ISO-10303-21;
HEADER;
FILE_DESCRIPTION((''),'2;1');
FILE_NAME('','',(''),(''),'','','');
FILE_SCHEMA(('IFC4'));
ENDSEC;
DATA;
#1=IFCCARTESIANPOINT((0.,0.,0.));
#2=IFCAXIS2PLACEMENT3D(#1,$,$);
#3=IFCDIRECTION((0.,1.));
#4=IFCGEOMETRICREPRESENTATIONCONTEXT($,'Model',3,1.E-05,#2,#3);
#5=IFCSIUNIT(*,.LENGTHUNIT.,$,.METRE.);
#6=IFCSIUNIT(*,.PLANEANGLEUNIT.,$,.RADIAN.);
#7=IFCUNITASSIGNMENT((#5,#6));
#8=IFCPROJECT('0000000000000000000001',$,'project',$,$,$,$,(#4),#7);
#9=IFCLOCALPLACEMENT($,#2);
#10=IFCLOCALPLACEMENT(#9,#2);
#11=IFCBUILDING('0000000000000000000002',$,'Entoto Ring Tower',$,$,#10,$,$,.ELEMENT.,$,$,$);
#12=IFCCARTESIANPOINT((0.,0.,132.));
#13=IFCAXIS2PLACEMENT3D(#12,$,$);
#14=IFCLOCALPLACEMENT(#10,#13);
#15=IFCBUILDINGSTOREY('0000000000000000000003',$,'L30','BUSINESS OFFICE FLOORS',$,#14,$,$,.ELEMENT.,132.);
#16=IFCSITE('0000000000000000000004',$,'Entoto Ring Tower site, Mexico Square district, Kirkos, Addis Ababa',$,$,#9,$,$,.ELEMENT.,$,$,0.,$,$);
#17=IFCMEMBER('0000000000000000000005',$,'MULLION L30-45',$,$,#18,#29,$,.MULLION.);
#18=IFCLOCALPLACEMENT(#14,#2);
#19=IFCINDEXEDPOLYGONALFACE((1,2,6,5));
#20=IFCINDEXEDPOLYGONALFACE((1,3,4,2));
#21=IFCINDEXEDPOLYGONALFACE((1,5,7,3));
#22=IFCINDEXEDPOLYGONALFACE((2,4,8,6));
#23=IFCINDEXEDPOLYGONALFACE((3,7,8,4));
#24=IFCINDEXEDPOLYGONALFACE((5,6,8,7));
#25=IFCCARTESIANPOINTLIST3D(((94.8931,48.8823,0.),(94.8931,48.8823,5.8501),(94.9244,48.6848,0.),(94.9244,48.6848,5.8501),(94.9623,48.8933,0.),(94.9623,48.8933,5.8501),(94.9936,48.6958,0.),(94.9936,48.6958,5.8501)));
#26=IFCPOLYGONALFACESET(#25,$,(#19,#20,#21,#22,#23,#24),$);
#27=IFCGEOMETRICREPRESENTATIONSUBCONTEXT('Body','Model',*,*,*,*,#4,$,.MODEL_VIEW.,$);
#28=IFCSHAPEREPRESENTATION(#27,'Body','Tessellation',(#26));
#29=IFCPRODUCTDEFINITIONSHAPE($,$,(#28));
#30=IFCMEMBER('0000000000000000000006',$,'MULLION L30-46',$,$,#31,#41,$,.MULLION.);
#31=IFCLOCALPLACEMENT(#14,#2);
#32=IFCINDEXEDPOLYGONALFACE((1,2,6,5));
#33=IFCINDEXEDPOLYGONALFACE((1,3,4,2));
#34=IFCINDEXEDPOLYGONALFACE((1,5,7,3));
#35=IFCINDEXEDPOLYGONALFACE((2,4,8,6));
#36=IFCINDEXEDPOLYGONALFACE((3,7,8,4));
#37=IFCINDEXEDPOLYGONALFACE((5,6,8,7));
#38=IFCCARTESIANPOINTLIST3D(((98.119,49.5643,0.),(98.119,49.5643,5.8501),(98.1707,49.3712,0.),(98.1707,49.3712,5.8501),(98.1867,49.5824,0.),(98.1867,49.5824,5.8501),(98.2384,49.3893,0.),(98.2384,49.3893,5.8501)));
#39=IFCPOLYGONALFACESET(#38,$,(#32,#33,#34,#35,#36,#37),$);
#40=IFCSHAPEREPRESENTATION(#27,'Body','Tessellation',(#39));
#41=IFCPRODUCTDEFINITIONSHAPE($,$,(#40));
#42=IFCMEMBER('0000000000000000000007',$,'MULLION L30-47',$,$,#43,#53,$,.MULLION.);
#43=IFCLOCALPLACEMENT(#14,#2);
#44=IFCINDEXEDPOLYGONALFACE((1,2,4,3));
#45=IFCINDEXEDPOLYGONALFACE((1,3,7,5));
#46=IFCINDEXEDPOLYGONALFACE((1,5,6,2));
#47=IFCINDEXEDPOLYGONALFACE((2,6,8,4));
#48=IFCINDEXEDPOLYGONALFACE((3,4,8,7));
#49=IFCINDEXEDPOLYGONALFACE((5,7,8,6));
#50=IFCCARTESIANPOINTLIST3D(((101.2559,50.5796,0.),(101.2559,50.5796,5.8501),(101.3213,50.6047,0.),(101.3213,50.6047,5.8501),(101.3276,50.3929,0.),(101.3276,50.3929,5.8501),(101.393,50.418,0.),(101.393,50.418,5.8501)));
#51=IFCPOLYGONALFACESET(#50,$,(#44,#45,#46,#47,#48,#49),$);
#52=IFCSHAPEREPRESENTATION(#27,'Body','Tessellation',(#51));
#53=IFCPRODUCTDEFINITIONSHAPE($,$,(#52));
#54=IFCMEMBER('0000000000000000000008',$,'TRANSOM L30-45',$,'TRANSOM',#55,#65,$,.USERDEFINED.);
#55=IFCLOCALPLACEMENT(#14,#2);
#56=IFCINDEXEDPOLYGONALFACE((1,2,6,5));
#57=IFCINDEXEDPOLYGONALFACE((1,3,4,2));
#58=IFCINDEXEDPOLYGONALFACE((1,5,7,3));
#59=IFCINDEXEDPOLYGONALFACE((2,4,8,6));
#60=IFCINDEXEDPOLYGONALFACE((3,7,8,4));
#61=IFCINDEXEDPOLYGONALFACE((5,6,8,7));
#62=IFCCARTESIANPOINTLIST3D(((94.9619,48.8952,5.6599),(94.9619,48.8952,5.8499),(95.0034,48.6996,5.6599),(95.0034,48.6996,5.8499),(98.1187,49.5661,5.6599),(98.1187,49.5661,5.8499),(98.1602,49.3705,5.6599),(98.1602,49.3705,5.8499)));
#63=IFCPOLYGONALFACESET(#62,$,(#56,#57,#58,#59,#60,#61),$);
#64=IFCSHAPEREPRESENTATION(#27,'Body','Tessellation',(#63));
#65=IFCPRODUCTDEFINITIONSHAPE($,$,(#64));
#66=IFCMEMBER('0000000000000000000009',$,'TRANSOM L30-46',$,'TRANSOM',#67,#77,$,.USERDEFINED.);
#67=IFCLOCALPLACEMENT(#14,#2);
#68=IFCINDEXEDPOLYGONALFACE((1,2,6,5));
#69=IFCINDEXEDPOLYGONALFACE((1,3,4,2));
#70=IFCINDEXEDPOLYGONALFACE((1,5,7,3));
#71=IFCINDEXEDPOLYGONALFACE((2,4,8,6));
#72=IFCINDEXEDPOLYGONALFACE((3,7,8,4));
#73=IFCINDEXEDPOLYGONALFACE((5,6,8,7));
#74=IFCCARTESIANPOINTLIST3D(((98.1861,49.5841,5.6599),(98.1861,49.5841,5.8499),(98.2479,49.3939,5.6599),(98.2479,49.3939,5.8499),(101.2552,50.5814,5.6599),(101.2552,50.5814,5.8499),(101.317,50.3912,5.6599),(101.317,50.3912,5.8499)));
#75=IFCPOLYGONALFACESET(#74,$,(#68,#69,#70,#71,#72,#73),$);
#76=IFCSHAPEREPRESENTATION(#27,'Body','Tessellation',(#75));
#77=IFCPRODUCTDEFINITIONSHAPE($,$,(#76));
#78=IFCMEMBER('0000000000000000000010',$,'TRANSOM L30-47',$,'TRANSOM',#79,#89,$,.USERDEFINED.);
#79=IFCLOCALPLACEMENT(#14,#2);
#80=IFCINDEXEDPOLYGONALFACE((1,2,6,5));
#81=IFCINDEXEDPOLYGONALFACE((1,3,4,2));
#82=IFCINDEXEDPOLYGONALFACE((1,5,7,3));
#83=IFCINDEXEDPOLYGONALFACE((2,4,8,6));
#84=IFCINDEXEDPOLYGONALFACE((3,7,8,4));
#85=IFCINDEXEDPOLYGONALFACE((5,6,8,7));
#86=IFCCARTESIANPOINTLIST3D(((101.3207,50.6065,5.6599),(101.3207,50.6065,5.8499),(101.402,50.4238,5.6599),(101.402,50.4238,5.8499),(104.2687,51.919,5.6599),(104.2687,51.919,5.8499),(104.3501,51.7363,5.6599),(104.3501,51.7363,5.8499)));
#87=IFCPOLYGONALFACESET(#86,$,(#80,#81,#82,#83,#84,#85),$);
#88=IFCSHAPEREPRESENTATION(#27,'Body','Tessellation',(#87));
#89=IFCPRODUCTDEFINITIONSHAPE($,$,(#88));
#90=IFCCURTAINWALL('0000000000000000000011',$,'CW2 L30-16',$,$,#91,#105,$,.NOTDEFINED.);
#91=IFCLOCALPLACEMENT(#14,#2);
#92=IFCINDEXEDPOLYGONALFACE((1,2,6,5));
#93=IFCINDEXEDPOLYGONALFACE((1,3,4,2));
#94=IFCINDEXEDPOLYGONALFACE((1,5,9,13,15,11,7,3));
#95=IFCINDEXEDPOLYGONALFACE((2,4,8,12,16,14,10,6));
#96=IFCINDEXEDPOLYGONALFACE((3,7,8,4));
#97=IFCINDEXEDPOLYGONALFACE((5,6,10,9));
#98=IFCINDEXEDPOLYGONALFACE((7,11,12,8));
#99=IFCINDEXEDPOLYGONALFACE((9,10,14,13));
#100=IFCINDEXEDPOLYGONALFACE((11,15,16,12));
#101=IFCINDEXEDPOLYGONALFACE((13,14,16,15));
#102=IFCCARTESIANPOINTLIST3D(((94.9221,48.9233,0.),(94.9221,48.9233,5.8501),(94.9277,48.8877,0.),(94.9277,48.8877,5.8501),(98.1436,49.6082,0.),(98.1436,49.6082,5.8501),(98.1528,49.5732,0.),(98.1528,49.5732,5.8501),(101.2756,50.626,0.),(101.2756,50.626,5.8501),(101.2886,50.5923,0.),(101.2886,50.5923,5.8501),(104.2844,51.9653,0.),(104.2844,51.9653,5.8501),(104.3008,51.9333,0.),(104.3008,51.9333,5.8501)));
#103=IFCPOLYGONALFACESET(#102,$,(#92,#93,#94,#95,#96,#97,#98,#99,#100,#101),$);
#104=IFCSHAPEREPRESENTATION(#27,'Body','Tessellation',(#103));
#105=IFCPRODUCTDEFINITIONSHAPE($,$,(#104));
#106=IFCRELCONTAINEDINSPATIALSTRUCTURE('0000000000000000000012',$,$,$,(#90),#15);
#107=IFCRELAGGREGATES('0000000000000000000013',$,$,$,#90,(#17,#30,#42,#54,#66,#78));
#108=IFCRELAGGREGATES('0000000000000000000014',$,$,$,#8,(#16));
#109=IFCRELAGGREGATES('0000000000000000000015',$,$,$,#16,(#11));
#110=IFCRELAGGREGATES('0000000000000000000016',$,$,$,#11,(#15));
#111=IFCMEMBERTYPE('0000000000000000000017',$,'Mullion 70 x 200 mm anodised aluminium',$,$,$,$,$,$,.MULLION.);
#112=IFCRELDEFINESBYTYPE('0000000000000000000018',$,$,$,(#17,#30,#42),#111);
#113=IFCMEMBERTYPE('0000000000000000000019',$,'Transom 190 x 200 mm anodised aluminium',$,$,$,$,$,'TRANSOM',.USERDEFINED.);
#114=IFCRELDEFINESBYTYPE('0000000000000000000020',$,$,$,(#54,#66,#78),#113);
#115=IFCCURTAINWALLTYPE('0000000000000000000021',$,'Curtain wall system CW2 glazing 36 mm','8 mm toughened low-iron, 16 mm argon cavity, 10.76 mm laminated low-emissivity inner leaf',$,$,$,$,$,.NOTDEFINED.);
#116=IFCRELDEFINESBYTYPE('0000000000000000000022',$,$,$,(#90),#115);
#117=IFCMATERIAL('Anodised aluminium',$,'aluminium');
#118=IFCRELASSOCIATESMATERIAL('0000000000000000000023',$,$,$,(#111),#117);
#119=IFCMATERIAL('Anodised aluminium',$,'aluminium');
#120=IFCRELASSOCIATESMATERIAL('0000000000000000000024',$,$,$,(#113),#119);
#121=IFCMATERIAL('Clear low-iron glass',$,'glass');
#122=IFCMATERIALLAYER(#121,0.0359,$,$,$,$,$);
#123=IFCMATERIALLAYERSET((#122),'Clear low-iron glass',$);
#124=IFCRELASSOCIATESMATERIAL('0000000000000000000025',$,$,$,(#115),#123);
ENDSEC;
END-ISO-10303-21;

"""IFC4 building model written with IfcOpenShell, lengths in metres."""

from ifc_helpers import new_model, si_unit, direction, frame, origin, origin_2d, place, context, subcontext, project, spatial, polyline, rectangle, outline, extrude, material, layer, layer_set, material_profile, profile_set, type_object, element, aggregate, save


model = new_model("IFC4")

# Units and contexts
model_context = context("Model", 3, precision=1e-05, world=origin(), true_north=direction((0.0, 1.0)))
body_context = subcontext(model_context, "Body", "Model", "MODEL_VIEW")
ifc_project = project(units=[si_unit("LENGTHUNIT", "METRE"), si_unit("PLANEANGLEUNIT", "RADIAN")], contexts=[model_context])

# Members
ifc_material_1 = material(Name="Anodised aluminium", Category="aluminium")
ifc_material_profile_1 = material_profile(ifc_material_1, rectangle(XDim=0.0701, YDim=0.2, at=origin_2d()), Name="Mullion 70 x 200 mm anodised aluminium")
ifc_profile_set_1 = profile_set([ifc_material_profile_1], Name="Anodised aluminium")
member_type_1 = type_object("IfcMemberType", Name="Mullion 70 x 200 mm anodised aluminium", PredefinedType="MULLION", material=ifc_profile_set_1)
site_placement = place(None, origin())
building_placement = place(site_placement, origin())
storey_placement = place(building_placement, frame((0.0, 0.0, 132.0)))
member_1_placement = place(storey_placement, frame((94.9434, 48.7891, 0.0), z_axis=(0.0, 0.0, 1.0), x_axis=(0.987688, 0.156434, 0.0)))
member_1 = element("IfcMember", 1, at=member_1_placement, type_object=member_type_1, Name="MULLION L30-45", PredefinedType="MULLION", context=body_context, shape_type="SweptSolid", body=[
    extrude(rectangle(XDim=0.0701, YDim=0.2, at=origin_2d()), origin(), (0.0, 0.0, 1.0), 5.8501),
])
member_2_placement = place(storey_placement, frame((98.1787, 49.4768, 0.0), z_axis=(0.0, 0.0, 1.0), x_axis=(0.965926, 0.258819, 0.0)))
member_2 = element("IfcMember", 2, at=member_2_placement, type_object=member_type_1, Name="MULLION L30-46", PredefinedType="MULLION", context=body_context, shape_type="SweptSolid", body=[
    extrude(rectangle(XDim=0.0701, YDim=0.2, at=origin_2d()), origin(), (0.0, 0.0, 1.0), 5.8501),
])
member_3_placement = place(storey_placement, frame((101.3245, 50.4988, 0.0), z_axis=(0.0, 0.0, 1.0), x_axis=(0.93358, 0.358368, 0.0)))
member_3 = element("IfcMember", 3, at=member_3_placement, type_object=member_type_1, Name="MULLION L30-47", PredefinedType="MULLION", context=body_context, shape_type="SweptSolid", body=[
    extrude(rectangle(XDim=0.0701, YDim=0.2, at=origin_2d()), origin(), (0.0, 0.0, 1.0), 5.8501),
])
ifc_material_2 = material(Name="Anodised aluminium", Category="aluminium")
ifc_material_profile_2 = material_profile(ifc_material_2, rectangle(XDim=0.2, YDim=0.1899, at=origin_2d()), Name="Transom 190 x 200 mm anodised aluminium")
ifc_profile_set_2 = profile_set([ifc_material_profile_2], Name="Anodised aluminium")
member_type_2 = type_object("IfcMemberType", Name="Transom 190 x 200 mm anodised aluminium", ElementType="TRANSOM", PredefinedType="USERDEFINED", material=ifc_profile_set_2)
member_4_placement = place(storey_placement, frame((94.9827, 48.7974, 5.7549), z_axis=(0.978153, 0.207886, 0.0), x_axis=(-0.207886, 0.978153, 0.0)))
member_4 = element("IfcMember", 4, at=member_4_placement, type_object=member_type_2, Name="TRANSOM L30-45", ObjectType="TRANSOM", PredefinedType="USERDEFINED", context=body_context, shape_type="SweptSolid", body=[
    extrude(rectangle(XDim=0.2, YDim=0.1899, at=origin_2d()), origin(), (0.0, 0.0, 1.0), 3.2273),
])
member_5_placement = place(storey_placement, frame((98.217, 49.489, 5.7549), z_axis=(0.951047, 0.309047, 0.0), x_axis=(-0.309047, 0.951047, 0.0)))
member_5 = element("IfcMember", 5, at=member_5_placement, type_object=member_type_2, Name="TRANSOM L30-46", ObjectType="TRANSOM", PredefinedType="USERDEFINED", context=body_context, shape_type="SweptSolid", body=[
    extrude(rectangle(XDim=0.2, YDim=0.1899, at=origin_2d()), origin(), (0.0, 0.0, 1.0), 3.2271),
])
member_6_placement = place(storey_placement, frame((101.3613, 50.5151, 5.7549), z_axis=(0.913549, 0.406728, 0.0), x_axis=(-0.406728, 0.913549, 0.0)))
member_6 = element("IfcMember", 6, at=member_6_placement, type_object=member_type_2, Name="TRANSOM L30-47", ObjectType="TRANSOM", PredefinedType="USERDEFINED", context=body_context, shape_type="SweptSolid", body=[
    extrude(rectangle(XDim=0.2, YDim=0.1899, at=origin_2d()), origin(), (0.0, 0.0, 1.0), 3.2271),
])

# Site, building, storey
site = spatial("IfcSite", under=ifc_project, at=site_placement, Name="Entoto Ring Tower site, Mexico Square district, Kirkos, Addis Ababa", CompositionType="ELEMENT", RefElevation=0.0)
building = spatial("IfcBuilding", under=site, at=building_placement, Name="Entoto Ring Tower", CompositionType="ELEMENT")
storey = spatial("IfcBuildingStorey", under=building, at=storey_placement, Name="L30", Description="BUSINESS OFFICE FLOORS", CompositionType="ELEMENT", Elevation=132.0)

# Curtain wall
ifc_material_3 = material(Name="Clear low-iron glass", Category="glass")
ifc_layer = layer(ifc_material_3, 0.0359)
ifc_layer_set = layer_set([ifc_layer], Name="Clear low-iron glass")
curtain_wall_type = type_object("IfcCurtainWallType", Name="Curtain wall system CW2 glazing 36 mm", Description="8 mm toughened low-iron, 16 mm argon cavity, 10.76 mm laminated low-emissivity inner leaf", PredefinedType="NOTDEFINED", material=ifc_layer_set)
curtain_wall_1_placement = place(storey_placement, origin())
curtain_wall_1 = element("IfcCurtainWall", 7, at=curtain_wall_1_placement, inside=storey, type_object=curtain_wall_type, Name="CW2 L30-16", PredefinedType="NOTDEFINED", context=body_context, shape_type="SweptSolid", body=[
    extrude(outline(polyline([(94.9277, 48.8877), (98.1528, 49.5732), (101.2886, 50.5923), (104.3008, 51.9333), (104.2844, 51.9653), (101.2756, 50.626), (98.1436, 49.6082), (94.9221, 48.9233), (94.9277, 48.8877)])), origin(), (0.0, 0.0, 1.0), 5.8501),
])
aggregate(curtain_wall_1, [member_1, member_2, member_3, member_4, member_5, member_6])

save(model, "model.ifc")
